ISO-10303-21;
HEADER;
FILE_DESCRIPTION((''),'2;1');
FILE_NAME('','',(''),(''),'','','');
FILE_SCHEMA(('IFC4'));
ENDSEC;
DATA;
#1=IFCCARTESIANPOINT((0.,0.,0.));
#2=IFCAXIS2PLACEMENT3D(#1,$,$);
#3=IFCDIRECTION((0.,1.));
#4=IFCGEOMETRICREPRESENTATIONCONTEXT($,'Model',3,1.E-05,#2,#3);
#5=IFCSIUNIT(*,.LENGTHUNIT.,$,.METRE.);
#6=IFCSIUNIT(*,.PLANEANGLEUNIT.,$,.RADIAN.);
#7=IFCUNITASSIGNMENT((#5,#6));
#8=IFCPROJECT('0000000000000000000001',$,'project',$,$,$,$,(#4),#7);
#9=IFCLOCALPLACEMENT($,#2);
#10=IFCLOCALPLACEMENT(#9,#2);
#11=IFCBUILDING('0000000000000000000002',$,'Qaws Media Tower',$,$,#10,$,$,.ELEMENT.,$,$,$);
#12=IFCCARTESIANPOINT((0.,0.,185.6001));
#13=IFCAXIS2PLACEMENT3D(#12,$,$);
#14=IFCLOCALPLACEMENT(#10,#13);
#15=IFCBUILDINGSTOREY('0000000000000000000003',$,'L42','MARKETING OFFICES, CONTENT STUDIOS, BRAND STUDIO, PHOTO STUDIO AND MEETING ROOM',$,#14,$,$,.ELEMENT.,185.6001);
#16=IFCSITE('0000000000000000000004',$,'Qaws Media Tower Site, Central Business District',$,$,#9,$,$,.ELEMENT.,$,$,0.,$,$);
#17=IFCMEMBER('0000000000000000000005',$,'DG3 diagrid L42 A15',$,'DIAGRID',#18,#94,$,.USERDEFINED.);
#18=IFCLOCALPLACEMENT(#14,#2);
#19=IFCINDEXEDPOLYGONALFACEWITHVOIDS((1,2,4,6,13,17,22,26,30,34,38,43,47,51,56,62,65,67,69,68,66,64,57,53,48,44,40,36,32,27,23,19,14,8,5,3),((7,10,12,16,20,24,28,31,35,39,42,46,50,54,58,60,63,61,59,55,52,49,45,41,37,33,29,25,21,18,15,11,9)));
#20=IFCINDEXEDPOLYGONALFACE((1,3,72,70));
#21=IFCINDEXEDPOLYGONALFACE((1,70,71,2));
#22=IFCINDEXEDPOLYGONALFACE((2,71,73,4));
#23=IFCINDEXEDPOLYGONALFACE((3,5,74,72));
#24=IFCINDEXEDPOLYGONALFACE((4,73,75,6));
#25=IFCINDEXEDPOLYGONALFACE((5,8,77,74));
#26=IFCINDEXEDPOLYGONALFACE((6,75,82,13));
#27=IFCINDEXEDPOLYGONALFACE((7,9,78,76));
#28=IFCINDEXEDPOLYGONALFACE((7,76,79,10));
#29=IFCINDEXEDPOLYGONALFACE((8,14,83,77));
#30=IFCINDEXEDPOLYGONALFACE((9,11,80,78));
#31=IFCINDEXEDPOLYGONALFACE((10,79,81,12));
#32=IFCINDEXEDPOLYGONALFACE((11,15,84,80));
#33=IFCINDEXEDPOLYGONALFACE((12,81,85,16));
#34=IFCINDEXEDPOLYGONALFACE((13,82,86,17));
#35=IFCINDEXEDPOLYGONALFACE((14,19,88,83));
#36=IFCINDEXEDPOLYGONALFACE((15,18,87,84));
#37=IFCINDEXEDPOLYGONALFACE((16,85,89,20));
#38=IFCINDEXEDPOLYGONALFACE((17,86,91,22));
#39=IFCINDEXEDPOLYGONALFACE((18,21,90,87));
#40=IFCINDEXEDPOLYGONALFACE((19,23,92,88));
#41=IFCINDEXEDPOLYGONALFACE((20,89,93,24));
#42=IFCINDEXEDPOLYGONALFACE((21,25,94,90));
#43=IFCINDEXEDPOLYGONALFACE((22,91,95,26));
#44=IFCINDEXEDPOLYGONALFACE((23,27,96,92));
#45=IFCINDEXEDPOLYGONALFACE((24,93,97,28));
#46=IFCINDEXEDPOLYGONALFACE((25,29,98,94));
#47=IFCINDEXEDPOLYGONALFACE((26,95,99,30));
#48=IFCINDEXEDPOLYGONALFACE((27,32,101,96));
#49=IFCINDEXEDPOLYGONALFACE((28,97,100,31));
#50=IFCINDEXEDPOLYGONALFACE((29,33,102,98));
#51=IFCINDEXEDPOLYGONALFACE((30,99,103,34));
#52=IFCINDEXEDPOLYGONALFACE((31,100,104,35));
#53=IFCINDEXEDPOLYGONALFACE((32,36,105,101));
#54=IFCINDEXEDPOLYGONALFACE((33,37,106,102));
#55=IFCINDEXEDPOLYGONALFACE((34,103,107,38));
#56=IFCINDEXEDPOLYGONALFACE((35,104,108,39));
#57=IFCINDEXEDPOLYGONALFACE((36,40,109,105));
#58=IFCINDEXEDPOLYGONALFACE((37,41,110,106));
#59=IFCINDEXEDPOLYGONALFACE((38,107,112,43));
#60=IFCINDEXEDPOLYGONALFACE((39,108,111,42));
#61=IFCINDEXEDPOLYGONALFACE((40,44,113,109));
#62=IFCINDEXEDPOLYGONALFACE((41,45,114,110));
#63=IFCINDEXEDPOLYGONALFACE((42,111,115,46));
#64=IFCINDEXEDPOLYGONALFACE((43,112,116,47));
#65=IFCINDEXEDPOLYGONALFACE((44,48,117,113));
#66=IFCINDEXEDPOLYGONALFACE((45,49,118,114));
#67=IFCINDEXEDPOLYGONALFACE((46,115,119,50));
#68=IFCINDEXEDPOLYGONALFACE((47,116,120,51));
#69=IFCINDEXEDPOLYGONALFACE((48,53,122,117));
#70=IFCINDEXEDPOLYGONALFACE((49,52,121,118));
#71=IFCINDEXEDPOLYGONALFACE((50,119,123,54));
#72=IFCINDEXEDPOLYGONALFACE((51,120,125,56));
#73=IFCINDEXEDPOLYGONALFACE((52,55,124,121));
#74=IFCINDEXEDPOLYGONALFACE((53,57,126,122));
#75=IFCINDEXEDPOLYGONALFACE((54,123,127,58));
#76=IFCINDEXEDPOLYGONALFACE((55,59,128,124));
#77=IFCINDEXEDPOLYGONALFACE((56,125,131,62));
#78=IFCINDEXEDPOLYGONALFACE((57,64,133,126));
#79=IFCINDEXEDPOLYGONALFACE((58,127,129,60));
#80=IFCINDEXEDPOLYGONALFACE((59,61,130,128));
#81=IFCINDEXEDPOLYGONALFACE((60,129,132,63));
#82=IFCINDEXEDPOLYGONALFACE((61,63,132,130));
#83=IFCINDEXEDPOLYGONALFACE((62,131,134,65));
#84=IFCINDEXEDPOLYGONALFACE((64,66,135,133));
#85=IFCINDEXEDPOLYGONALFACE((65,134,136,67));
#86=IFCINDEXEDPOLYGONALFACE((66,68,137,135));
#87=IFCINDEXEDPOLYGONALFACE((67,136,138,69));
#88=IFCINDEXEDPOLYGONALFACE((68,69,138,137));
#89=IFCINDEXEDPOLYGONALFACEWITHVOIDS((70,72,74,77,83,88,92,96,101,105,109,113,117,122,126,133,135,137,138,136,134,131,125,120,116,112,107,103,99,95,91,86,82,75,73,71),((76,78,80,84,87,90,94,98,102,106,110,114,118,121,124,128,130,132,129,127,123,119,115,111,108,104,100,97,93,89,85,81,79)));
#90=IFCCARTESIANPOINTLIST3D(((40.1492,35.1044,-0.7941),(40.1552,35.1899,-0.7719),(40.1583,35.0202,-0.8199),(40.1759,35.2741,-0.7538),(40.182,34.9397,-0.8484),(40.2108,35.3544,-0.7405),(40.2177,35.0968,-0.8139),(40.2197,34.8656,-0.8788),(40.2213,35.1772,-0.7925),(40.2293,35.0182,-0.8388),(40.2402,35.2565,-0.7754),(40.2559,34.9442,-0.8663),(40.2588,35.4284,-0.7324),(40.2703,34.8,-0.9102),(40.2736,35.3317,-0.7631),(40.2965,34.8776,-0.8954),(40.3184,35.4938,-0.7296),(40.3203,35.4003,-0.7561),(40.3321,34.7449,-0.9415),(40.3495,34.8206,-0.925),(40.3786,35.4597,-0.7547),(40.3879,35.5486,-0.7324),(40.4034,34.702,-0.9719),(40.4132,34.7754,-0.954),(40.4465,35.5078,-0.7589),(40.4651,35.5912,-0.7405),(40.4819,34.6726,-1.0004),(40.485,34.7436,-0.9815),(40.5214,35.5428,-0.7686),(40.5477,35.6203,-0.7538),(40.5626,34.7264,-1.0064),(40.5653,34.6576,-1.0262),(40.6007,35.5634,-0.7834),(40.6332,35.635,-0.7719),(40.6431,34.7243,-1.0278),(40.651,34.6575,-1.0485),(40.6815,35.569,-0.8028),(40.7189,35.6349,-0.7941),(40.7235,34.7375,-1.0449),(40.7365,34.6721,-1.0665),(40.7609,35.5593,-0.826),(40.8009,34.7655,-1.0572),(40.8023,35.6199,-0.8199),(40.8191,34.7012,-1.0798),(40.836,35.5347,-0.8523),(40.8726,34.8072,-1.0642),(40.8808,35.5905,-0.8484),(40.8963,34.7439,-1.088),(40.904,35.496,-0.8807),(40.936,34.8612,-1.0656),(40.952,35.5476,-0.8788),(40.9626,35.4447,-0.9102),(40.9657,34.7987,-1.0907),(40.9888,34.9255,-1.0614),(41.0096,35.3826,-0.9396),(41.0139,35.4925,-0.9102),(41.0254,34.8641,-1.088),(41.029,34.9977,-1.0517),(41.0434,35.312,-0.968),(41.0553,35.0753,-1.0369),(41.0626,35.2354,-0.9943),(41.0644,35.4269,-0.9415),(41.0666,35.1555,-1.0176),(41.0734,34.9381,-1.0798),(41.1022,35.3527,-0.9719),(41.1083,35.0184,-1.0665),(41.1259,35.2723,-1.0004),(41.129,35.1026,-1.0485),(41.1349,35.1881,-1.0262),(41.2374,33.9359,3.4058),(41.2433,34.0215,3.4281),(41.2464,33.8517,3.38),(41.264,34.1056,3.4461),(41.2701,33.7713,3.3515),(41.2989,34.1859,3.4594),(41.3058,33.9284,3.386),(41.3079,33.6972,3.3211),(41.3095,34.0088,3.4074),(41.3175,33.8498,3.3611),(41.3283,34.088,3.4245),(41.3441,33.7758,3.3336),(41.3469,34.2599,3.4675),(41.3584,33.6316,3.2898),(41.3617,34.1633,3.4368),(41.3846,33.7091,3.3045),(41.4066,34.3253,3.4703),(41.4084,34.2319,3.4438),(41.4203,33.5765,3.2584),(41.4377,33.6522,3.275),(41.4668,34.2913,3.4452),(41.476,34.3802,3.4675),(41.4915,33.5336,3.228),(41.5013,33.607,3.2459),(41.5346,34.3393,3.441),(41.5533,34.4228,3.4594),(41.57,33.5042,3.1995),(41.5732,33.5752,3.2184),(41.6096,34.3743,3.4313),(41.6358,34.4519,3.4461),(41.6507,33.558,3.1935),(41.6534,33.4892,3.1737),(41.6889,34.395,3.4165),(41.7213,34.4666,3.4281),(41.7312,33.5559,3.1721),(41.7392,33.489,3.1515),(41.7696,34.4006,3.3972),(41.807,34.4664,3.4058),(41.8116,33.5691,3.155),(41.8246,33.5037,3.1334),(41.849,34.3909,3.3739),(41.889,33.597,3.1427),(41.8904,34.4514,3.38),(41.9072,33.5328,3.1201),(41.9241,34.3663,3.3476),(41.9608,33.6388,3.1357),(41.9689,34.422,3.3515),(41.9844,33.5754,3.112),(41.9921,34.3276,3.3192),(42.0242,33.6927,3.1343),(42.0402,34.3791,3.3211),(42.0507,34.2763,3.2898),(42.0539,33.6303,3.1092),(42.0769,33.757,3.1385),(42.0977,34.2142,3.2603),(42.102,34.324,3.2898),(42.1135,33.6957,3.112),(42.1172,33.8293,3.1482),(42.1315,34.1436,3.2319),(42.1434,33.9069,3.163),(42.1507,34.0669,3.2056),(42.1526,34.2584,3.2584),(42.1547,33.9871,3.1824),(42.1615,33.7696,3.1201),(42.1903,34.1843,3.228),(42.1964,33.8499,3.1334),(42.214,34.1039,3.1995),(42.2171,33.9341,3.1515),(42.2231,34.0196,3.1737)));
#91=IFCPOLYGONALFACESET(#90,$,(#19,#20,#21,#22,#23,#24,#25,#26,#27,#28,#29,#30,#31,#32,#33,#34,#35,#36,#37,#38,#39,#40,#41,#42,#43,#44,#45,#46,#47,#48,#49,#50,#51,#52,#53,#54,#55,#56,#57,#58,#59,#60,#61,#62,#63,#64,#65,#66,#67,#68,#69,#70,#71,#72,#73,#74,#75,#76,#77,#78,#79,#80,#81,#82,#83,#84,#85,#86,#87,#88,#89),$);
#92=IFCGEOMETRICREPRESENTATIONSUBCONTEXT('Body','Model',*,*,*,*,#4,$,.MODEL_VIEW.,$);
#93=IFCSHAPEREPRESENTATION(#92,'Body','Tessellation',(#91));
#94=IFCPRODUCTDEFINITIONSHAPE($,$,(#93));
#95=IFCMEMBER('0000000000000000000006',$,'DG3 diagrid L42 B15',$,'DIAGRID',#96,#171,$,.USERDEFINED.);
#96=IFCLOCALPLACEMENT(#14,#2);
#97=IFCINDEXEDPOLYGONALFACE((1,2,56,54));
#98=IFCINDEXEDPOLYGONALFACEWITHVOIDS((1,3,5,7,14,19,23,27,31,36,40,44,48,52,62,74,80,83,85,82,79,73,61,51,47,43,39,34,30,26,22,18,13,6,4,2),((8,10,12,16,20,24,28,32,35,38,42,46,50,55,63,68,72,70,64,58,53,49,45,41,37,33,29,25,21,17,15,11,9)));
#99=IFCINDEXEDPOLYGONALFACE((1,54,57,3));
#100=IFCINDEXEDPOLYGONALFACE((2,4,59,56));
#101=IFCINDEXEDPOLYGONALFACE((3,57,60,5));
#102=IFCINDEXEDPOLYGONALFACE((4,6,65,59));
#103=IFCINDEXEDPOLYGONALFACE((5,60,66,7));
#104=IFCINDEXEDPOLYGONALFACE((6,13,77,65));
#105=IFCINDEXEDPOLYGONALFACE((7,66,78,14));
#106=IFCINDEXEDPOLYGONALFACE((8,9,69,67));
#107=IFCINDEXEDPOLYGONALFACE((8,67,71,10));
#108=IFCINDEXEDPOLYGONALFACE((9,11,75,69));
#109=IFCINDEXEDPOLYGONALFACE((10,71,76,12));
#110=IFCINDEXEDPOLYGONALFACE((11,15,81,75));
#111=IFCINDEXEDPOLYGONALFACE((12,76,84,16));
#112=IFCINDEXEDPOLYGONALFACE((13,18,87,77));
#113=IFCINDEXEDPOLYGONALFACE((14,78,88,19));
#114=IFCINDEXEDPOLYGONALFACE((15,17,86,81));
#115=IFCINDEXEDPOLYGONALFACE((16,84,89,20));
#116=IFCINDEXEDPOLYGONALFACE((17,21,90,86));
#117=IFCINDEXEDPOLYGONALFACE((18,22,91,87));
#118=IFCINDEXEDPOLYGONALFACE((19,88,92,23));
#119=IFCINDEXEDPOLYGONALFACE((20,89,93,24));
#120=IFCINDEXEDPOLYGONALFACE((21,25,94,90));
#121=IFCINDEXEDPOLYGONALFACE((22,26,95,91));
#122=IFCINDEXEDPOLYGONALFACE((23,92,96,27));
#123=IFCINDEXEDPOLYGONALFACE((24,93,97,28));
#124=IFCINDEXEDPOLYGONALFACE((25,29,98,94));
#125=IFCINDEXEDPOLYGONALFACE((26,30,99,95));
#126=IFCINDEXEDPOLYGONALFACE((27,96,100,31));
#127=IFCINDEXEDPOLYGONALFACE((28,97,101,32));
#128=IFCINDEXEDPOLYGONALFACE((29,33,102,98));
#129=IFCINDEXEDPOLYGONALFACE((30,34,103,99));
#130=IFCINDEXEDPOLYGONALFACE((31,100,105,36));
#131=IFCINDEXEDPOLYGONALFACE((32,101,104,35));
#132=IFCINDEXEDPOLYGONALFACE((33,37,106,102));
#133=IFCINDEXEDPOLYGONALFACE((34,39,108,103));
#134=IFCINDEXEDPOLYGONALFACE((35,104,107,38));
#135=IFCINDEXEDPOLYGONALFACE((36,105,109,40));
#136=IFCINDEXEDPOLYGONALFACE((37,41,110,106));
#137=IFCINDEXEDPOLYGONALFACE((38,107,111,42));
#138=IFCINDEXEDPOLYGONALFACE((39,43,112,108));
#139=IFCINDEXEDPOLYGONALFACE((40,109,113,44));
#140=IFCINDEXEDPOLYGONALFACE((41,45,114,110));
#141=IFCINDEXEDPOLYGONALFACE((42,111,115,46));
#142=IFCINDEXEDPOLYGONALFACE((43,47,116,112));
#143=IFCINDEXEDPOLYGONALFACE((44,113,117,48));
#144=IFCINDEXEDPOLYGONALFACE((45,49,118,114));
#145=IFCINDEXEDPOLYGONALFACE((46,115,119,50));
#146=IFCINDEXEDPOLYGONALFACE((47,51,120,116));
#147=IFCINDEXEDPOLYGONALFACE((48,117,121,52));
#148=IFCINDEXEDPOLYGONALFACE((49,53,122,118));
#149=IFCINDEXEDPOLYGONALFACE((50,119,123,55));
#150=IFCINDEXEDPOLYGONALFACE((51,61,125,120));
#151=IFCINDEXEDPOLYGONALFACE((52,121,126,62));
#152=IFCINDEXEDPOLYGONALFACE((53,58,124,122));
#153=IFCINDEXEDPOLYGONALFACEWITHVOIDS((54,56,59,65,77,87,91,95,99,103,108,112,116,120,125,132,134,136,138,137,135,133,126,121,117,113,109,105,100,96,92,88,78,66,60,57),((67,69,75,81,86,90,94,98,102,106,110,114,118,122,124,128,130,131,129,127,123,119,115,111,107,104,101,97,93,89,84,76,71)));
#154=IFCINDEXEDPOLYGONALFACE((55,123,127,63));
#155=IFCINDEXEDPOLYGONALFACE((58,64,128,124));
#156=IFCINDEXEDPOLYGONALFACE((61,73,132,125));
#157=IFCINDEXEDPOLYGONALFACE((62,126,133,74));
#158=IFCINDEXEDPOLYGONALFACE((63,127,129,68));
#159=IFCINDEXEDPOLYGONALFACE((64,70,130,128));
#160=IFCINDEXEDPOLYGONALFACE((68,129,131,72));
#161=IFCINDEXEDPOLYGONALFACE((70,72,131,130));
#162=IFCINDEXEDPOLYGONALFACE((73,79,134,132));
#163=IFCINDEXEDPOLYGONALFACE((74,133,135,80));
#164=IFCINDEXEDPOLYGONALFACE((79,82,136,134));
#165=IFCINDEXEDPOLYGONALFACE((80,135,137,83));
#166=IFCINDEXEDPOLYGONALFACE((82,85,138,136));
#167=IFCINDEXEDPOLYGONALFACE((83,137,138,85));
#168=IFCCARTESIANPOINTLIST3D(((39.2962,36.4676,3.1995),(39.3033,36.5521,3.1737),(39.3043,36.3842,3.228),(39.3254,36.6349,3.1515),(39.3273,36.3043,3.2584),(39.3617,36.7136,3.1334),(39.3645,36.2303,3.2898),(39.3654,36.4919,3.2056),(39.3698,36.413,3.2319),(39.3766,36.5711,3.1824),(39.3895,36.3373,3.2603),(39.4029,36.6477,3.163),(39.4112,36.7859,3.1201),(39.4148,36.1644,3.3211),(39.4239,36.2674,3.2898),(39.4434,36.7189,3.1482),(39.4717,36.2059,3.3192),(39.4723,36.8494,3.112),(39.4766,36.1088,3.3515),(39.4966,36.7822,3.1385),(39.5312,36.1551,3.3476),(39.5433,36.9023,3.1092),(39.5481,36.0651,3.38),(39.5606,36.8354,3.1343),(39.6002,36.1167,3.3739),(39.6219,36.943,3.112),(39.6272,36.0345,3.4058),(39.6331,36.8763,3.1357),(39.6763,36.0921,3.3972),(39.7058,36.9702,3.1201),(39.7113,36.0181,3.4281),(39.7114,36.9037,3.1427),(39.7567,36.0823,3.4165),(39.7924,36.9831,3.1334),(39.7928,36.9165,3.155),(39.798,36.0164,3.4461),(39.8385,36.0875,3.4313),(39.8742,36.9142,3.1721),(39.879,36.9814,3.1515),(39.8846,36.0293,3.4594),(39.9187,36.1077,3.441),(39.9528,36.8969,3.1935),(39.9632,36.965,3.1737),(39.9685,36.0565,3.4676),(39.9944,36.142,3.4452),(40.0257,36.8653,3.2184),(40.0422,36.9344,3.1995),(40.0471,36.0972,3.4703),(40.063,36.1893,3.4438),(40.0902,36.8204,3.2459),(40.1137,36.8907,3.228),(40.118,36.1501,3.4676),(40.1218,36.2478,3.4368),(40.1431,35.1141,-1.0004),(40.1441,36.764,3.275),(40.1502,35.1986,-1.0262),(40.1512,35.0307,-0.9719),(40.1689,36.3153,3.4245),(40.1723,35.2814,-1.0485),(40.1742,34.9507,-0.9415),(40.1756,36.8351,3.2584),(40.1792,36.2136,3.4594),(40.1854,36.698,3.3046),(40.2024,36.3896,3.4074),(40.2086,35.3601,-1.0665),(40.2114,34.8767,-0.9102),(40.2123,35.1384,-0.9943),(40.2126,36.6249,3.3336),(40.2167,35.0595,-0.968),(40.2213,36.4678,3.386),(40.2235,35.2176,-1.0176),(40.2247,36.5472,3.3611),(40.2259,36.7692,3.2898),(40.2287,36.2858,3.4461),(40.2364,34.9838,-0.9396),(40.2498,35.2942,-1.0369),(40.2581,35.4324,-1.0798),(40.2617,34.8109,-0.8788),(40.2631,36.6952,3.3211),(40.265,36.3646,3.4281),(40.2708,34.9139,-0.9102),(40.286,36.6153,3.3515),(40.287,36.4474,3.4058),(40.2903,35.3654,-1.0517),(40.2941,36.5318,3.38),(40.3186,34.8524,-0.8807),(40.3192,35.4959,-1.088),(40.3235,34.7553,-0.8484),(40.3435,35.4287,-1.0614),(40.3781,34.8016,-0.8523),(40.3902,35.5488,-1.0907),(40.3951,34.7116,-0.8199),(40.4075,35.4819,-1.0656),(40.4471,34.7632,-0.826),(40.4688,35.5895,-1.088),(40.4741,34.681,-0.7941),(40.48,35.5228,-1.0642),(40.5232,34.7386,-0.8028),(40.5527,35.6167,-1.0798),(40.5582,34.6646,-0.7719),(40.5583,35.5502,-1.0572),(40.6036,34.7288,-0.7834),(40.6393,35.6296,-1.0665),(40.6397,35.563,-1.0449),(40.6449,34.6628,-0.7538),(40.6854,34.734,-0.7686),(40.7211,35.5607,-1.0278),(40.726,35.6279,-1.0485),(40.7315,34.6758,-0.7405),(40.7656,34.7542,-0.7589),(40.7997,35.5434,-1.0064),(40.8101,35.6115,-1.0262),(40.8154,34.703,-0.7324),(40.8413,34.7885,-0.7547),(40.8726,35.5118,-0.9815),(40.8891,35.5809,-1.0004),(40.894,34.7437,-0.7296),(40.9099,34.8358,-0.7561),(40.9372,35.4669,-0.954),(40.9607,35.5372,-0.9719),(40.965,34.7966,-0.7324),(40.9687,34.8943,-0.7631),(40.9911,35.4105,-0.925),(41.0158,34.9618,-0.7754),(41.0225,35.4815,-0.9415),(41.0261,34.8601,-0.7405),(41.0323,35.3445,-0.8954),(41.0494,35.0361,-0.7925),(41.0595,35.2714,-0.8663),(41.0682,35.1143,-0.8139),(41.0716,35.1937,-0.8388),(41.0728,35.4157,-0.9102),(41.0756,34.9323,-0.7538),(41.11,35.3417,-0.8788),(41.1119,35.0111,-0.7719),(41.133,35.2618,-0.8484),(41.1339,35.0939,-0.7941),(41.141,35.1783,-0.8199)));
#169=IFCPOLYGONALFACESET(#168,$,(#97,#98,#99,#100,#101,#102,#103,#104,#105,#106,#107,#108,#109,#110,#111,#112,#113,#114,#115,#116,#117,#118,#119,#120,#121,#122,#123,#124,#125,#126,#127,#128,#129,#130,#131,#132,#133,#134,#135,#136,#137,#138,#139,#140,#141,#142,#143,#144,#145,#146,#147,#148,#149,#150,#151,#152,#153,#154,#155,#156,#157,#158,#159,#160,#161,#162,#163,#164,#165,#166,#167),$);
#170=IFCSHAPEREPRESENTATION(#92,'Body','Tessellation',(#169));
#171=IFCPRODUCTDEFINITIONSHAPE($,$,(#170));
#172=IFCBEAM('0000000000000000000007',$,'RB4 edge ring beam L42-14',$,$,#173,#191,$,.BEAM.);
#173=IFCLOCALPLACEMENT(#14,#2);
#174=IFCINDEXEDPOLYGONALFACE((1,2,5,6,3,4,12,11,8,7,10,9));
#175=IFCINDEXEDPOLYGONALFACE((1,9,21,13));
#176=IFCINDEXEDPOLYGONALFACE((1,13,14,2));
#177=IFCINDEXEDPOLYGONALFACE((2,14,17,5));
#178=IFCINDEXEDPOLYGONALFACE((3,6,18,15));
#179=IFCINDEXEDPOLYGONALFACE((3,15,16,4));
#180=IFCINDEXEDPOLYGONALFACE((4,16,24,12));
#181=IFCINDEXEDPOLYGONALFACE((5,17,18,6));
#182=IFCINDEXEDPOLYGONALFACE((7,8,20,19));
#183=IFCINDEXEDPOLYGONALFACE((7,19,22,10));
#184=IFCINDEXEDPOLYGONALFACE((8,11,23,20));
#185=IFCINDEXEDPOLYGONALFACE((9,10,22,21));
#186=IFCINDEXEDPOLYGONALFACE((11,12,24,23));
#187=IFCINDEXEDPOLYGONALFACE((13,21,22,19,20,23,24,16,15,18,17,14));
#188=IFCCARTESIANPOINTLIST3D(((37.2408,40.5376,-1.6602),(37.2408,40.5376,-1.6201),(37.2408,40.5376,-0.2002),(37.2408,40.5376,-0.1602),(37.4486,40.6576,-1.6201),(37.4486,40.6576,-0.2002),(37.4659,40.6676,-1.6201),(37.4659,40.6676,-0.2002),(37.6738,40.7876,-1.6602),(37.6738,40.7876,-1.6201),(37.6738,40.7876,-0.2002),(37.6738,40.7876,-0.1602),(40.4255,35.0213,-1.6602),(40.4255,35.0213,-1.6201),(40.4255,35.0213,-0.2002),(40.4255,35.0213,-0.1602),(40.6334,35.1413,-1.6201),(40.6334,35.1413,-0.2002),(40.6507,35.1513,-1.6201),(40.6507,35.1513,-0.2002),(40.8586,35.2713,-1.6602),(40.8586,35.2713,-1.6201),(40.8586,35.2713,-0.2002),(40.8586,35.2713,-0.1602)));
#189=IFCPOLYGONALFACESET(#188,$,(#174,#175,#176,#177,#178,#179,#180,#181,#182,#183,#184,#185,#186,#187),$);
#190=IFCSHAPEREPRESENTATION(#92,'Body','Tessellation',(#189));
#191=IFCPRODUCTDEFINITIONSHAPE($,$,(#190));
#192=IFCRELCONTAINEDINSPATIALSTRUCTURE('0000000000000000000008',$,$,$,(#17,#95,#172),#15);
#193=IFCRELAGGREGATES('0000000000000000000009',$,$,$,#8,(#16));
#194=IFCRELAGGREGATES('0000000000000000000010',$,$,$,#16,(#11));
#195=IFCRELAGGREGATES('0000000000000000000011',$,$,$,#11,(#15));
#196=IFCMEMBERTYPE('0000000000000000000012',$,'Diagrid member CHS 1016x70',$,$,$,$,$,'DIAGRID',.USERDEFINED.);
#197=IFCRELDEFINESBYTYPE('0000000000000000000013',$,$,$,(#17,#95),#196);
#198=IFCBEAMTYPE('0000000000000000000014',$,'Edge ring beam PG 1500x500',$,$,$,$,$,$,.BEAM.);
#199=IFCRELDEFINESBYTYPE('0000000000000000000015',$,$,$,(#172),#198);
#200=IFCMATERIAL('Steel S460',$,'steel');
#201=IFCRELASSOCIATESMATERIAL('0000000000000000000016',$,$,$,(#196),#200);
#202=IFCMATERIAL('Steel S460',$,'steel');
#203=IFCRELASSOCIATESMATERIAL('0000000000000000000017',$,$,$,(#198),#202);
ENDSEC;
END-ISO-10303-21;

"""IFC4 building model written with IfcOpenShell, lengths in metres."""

from ifc_helpers import new_model, si_unit, direction, frame, origin, origin_2d, place, context, subcontext, project, spatial, hollow_circle, i_section, extrude, material, material_profile, profile_set, type_object, element, save


model = new_model("IFC4")

# Units and contexts
model_context = context("Model", 3, precision=1e-05, world=origin(), true_north=direction((0.0, 1.0)))
body_context = subcontext(model_context, "Body", "Model", "MODEL_VIEW")
ifc_project = project(units=[si_unit("LENGTHUNIT", "METRE"), si_unit("PLANEANGLEUNIT", "RADIAN")], contexts=[model_context])

# Site, building, storey
site_placement = place(None, origin())
site = spatial("IfcSite", under=ifc_project, at=site_placement, Name="Qaws Media Tower Site, Central Business District", CompositionType="ELEMENT", RefElevation=0.0)
building_placement = place(site_placement, origin())
building = spatial("IfcBuilding", under=site, at=building_placement, Name="Qaws Media Tower", CompositionType="ELEMENT")
storey_placement = place(building_placement, frame((0.0, 0.0, 185.6001)))
storey = spatial("IfcBuildingStorey", under=building, at=storey_placement, Name="L42", Description="MARKETING OFFICES, CONTENT STUDIOS, BRAND STUDIO, PHOTO STUDIO AND MEETING ROOM", CompositionType="ELEMENT", Elevation=185.6001)

# Members
ifc_material_1 = material(Name="Steel S460", Category="steel")
ifc_material_profile_1 = material_profile(ifc_material_1, hollow_circle(Radius=0.5081, WallThickness=0.0701, at=origin_2d()), Name="CHS 1016x70")
ifc_profile_set_1 = profile_set([ifc_material_profile_1], Name="Steel S460")
member_type_1 = type_object("IfcMemberType", Name="Diagrid member CHS 1016x70", ElementType="DIAGRID", PredefinedType="USERDEFINED", material=ifc_profile_set_1)
for number, where, z_axis, x_axis, name in (
    (1, (40.6421, 35.1462, -0.9102), (0.242173, -0.26005, 0.934733), (0.731812, 0.681506, 0.0), "DG3 diagrid L42 A15"),
    (2, (40.6421, 35.1462, -0.9102), (-0.18849, 0.301236, 0.934734), (-0.847723, -0.530439, 0.0), "DG3 diagrid L42 B15"),
):
    element("IfcMember", number, at=place(storey_placement, frame(where, z_axis=z_axis, x_axis=x_axis)), inside=storey, type_object=member_type_1, Name=name, ObjectType="DIAGRID", PredefinedType="USERDEFINED", context=body_context, shape_type="SweptSolid", body=[
        extrude(hollow_circle(Radius=0.5081, WallThickness=0.0701, at=origin_2d()), origin(), (0.0, 0.0, 1.0), 4.4932),
    ])

# Beam
ifc_material_2 = material(Name="Steel S460", Category="steel")
ifc_material_profile_2 = material_profile(ifc_material_2, i_section(OverallWidth=0.5, OverallDepth=1.5, WebThickness=0.02, FlangeThickness=0.04, at=origin_2d()), Name="PG 1500x500")
ifc_profile_set_2 = profile_set([ifc_material_profile_2], Name="Steel S460")
beam_type = type_object("IfcBeamType", Name="Edge ring beam PG 1500x500", PredefinedType="BEAM", material=ifc_profile_set_2)
beam_1_placement = place(storey_placement, frame((37.4573, 40.6626, -0.9102), z_axis=(0.499993, -0.866029, 0.0), x_axis=(0.866029, 0.499993, 0.0)))
element("IfcBeam", 3, at=beam_1_placement, inside=storey, type_object=beam_type, Name="RB4 edge ring beam L42-14", PredefinedType="BEAM", context=body_context, shape_type="SweptSolid", body=[
    extrude(i_section(OverallWidth=0.5, OverallDepth=1.5, WebThickness=0.02, FlangeThickness=0.04, at=origin_2d()), origin(), (0.0, 0.0, 1.0), 6.3696),
])

save(model, "model.ifc")
